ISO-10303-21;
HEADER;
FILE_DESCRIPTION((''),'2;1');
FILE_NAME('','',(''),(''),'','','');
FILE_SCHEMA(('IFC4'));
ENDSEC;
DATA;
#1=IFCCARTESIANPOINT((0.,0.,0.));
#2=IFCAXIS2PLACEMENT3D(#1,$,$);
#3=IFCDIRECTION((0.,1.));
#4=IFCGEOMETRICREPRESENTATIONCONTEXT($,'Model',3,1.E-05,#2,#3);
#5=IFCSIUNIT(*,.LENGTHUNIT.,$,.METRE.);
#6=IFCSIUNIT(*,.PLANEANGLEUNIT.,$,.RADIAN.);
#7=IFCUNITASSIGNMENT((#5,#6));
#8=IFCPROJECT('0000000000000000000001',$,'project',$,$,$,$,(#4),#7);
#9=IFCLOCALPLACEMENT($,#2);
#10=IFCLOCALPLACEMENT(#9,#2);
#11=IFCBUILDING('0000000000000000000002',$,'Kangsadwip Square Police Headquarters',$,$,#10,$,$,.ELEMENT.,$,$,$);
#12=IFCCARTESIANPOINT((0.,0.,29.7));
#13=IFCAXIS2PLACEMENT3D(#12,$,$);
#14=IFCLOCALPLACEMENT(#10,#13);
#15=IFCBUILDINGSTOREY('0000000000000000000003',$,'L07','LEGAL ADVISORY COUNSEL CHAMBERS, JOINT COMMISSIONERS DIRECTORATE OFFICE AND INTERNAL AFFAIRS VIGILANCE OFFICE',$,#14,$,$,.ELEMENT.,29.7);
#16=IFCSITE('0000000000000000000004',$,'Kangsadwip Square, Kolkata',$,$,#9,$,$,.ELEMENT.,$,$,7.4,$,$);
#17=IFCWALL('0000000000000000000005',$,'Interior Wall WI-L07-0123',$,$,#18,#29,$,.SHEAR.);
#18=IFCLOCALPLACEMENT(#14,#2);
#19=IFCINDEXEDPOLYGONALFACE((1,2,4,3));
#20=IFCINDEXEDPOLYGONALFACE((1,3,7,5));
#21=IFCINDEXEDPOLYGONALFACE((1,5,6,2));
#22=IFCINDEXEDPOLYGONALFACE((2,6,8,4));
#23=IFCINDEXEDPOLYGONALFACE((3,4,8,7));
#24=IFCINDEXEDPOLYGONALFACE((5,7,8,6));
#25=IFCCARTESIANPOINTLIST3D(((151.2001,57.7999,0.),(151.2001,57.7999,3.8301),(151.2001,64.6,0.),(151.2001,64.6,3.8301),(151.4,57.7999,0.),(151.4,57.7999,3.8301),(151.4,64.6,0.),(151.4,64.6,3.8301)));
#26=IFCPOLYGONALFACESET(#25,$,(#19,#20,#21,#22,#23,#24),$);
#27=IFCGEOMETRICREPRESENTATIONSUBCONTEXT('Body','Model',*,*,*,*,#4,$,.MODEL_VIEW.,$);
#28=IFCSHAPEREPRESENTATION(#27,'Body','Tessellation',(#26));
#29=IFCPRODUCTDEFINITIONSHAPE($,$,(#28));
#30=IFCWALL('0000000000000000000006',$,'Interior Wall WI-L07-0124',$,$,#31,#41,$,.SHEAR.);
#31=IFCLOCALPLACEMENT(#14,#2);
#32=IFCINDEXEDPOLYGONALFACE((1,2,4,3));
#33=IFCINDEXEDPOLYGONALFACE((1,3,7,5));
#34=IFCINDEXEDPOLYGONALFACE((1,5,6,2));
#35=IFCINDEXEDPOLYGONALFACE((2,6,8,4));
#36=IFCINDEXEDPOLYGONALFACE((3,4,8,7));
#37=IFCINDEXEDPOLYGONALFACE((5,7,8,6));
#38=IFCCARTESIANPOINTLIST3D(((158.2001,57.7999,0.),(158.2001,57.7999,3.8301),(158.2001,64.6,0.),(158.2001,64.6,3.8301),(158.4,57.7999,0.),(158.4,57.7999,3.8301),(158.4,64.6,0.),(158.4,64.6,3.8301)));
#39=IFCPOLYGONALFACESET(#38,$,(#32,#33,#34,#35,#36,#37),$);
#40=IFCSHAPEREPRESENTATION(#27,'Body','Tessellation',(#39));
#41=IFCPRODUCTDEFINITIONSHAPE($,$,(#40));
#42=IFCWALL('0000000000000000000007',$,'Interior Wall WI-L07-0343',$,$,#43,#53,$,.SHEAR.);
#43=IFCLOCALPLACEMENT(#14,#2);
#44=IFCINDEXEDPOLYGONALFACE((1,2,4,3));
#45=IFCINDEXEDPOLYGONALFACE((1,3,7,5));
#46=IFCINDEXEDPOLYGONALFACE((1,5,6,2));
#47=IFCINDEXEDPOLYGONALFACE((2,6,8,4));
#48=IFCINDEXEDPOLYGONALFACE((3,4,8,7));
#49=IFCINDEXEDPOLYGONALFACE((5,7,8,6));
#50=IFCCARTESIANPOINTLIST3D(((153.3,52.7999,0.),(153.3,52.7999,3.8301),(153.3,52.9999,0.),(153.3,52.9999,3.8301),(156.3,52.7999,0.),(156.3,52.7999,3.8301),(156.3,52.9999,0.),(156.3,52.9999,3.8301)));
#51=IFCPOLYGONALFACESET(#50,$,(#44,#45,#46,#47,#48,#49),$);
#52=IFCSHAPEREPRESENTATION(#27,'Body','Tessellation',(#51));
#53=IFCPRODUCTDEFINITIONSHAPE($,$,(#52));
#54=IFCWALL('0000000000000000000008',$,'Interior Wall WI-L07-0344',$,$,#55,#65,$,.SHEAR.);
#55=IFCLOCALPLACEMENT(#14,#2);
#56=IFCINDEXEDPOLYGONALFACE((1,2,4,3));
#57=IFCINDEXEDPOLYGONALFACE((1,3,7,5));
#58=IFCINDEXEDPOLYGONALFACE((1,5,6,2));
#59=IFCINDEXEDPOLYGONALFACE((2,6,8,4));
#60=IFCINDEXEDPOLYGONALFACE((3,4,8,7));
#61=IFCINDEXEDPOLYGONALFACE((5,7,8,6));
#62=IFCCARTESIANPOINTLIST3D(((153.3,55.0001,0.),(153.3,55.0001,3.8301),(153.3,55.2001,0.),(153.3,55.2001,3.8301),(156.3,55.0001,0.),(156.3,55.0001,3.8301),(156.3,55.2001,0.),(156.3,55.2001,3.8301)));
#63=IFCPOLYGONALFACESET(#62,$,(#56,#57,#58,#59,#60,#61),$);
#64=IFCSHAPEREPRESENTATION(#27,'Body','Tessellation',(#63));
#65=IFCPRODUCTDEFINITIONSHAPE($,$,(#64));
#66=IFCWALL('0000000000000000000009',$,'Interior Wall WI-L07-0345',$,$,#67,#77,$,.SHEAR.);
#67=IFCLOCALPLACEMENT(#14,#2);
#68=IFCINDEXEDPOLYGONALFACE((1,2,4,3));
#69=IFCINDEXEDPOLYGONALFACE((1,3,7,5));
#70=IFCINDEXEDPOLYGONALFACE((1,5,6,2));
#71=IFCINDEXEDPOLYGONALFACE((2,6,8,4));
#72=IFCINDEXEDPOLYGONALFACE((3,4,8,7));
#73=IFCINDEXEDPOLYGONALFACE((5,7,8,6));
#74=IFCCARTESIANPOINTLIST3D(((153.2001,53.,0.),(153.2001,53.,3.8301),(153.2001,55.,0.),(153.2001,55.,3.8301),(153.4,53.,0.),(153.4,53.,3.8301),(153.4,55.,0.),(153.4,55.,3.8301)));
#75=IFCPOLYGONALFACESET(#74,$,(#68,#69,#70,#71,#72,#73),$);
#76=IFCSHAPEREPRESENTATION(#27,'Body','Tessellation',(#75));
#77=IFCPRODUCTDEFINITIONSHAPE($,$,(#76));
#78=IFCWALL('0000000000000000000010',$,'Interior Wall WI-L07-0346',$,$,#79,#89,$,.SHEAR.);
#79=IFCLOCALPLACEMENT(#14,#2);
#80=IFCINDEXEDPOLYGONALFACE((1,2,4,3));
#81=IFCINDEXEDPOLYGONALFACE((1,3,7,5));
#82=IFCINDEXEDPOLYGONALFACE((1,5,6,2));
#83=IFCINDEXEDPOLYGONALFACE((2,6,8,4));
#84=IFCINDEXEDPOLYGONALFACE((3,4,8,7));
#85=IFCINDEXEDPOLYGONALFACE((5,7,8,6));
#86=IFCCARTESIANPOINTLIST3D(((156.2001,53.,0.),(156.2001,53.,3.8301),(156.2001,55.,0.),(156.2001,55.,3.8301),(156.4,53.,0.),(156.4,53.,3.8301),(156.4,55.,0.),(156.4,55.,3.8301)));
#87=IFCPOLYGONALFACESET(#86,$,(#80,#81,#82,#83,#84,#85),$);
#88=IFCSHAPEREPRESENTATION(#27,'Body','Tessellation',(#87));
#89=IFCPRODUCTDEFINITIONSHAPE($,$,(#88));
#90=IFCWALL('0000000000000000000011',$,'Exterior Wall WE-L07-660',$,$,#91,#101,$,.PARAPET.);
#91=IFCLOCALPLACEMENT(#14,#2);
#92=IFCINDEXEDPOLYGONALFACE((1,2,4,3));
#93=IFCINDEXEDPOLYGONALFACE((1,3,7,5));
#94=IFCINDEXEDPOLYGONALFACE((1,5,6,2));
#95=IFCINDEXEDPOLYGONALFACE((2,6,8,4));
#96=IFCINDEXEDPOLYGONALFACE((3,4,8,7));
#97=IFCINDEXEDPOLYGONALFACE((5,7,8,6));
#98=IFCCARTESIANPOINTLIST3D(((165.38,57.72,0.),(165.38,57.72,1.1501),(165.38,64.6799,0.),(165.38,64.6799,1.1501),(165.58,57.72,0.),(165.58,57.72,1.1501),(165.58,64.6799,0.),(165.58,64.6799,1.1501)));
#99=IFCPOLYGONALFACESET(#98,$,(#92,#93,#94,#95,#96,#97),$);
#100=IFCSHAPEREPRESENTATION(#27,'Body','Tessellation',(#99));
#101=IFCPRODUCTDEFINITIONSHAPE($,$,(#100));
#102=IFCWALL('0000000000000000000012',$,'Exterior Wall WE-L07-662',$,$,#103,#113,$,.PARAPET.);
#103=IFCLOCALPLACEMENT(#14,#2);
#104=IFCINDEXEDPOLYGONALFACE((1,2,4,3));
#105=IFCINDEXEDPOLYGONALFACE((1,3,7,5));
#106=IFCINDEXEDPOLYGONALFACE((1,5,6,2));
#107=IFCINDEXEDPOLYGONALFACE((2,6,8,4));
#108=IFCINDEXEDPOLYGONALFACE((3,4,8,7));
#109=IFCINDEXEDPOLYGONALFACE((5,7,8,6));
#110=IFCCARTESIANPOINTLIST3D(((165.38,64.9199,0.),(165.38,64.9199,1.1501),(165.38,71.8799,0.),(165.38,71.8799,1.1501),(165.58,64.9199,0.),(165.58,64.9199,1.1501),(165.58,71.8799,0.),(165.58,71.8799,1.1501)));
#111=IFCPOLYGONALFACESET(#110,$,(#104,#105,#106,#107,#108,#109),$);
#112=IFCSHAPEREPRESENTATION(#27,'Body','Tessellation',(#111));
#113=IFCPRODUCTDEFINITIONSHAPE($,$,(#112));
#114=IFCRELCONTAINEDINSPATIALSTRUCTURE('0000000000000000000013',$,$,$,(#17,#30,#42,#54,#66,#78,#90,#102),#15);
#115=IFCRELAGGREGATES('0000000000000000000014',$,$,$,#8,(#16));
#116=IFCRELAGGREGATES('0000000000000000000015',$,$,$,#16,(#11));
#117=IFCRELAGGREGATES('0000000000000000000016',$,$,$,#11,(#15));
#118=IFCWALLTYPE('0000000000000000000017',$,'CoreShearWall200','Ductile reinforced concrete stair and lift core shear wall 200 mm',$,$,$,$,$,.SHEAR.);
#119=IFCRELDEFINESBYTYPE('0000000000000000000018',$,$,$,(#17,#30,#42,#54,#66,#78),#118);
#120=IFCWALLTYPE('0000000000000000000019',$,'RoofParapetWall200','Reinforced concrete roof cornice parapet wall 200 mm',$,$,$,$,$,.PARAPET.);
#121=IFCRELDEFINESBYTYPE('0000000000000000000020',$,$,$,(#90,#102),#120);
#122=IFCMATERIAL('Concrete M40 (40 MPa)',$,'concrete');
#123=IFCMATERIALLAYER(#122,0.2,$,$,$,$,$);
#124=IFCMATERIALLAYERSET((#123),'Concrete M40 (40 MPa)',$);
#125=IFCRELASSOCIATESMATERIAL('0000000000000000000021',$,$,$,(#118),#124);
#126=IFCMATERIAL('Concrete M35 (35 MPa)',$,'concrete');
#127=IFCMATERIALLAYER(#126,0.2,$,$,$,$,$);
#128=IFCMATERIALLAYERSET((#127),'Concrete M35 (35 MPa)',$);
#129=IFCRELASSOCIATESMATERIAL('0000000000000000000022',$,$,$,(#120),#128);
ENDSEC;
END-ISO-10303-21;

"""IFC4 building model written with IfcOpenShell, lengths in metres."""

from ifc_helpers import new_model, si_unit, direction, frame, frame_2d, origin, place, context, subcontext, project, spatial, rectangle, extrude, material, layer, layer_set, type_object, element, save


model = new_model("IFC4")

# Units and contexts
model_context = context("Model", 3, precision=1e-05, world=origin(), true_north=direction((0.0, 1.0)))
body_context = subcontext(model_context, "Body", "Model", "MODEL_VIEW")
ifc_project = project(units=[si_unit("LENGTHUNIT", "METRE"), si_unit("PLANEANGLEUNIT", "RADIAN")], contexts=[model_context])

# Site, building, storey
site_placement = place(None, origin())
site = spatial("IfcSite", under=ifc_project, at=site_placement, Name="Kangsadwip Square, Kolkata", CompositionType="ELEMENT", RefElevation=7.4)
building_placement = place(site_placement, origin())
building = spatial("IfcBuilding", under=site, at=building_placement, Name="Kangsadwip Square Police Headquarters", CompositionType="ELEMENT")
storey_placement = place(building_placement, frame((0.0, 0.0, 29.7)))
storey = spatial("IfcBuildingStorey", under=building, at=storey_placement, Name="L07", Description="LEGAL ADVISORY COUNSEL CHAMBERS, JOINT COMMISSIONERS DIRECTORATE OFFICE AND INTERNAL AFFAIRS VIGILANCE OFFICE", CompositionType="ELEMENT", Elevation=29.7)

# Shared definitions
ifc_material_1 = material(Name="Concrete M40 (40 MPa)", Category="concrete")
ifc_layer_1 = layer(ifc_material_1, 0.2)
ifc_layer_set_1 = layer_set([ifc_layer_1], Name="Concrete M40 (40 MPa)")
wall_type_1 = type_object("IfcWallType", Name="CoreShearWall200", Description="Ductile reinforced concrete stair and lift core shear wall 200 mm", PredefinedType="SHEAR", material=ifc_layer_set_1)

# Walls
for number, where, z_axis, x_axis, name in (
    (1, (151.3, 57.8, 0.0), (0.0, 0.0, 1.0), (0.0, 1.0, 0.0), "Interior Wall WI-L07-0123"),
    (2, (158.3, 57.8, 0.0), (0.0, 0.0, 1.0), (0.0, 1.0, 0.0), "Interior Wall WI-L07-0124"),
):
    element("IfcWall", number, at=place(storey_placement, frame(where, z_axis=z_axis, x_axis=x_axis)), inside=storey, type_object=wall_type_1, Name=name, PredefinedType="SHEAR", context=body_context, shape_type="SweptSolid", body=[
        extrude(rectangle(XDim=6.8, YDim=0.2, at=frame_2d((3.3999, 0.0))), origin(), (0.0, 0.0, 1.0), 3.8301),
    ])
for number, where, z_axis, x_axis, name in (
    (3, (153.3, 52.8999, 0.0), (0.0, 0.0, 1.0), (1.0, 0.0, 0.0), "Interior Wall WI-L07-0343"),
    (4, (153.3, 55.1001, 0.0), (0.0, 0.0, 1.0), (1.0, 0.0, 0.0), "Interior Wall WI-L07-0344"),
):
    element("IfcWall", number, at=place(storey_placement, frame(where, z_axis=z_axis, x_axis=x_axis)), inside=storey, type_object=wall_type_1, Name=name, PredefinedType="SHEAR", context=body_context, shape_type="SweptSolid", body=[
        extrude(rectangle(XDim=3.0, YDim=0.2, at=frame_2d((1.5, 0.0))), origin(), (0.0, 0.0, 1.0), 3.8301),
    ])
for number, where, z_axis, x_axis, name in (
    (5, (153.3, 53.0, 0.0), (0.0, 0.0, 1.0), (0.0, 1.0, 0.0), "Interior Wall WI-L07-0345"),
    (6, (156.3, 53.0, 0.0), (0.0, 0.0, 1.0), (0.0, 1.0, 0.0), "Interior Wall WI-L07-0346"),
):
    element("IfcWall", number, at=place(storey_placement, frame(where, z_axis=z_axis, x_axis=x_axis)), inside=storey, type_object=wall_type_1, Name=name, PredefinedType="SHEAR", context=body_context, shape_type="SweptSolid", body=[
        extrude(rectangle(XDim=2.0, YDim=0.2, at=frame_2d((1.0, 0.0))), origin(), (0.0, 0.0, 1.0), 3.8301),
    ])
ifc_material_2 = material(Name="Concrete M35 (35 MPa)", Category="concrete")
ifc_layer_2 = layer(ifc_material_2, 0.2)
ifc_layer_set_2 = layer_set([ifc_layer_2], Name="Concrete M35 (35 MPa)")
wall_type_2 = type_object("IfcWallType", Name="RoofParapetWall200", Description="Reinforced concrete roof cornice parapet wall 200 mm", PredefinedType="PARAPET", material=ifc_layer_set_2)
for number, where, z_axis, x_axis, name in (
    (7, (165.48, 57.72, 0.0), (0.0, 0.0, 1.0), (0.0, 1.0, 0.0), "Exterior Wall WE-L07-660"),
    (8, (165.48, 64.9199, 0.0), (0.0, 0.0, 1.0), (0.0, 1.0, 0.0), "Exterior Wall WE-L07-662"),
):
    element("IfcWall", number, at=place(storey_placement, frame(where, z_axis=z_axis, x_axis=x_axis)), inside=storey, type_object=wall_type_2, Name=name, PredefinedType="PARAPET", context=body_context, shape_type="SweptSolid", body=[
        extrude(rectangle(XDim=6.96, YDim=0.2, at=frame_2d((3.48, 0.0))), origin(), (0.0, 0.0, 1.0), 1.1501),
    ])

save(model, "model.ifc")
